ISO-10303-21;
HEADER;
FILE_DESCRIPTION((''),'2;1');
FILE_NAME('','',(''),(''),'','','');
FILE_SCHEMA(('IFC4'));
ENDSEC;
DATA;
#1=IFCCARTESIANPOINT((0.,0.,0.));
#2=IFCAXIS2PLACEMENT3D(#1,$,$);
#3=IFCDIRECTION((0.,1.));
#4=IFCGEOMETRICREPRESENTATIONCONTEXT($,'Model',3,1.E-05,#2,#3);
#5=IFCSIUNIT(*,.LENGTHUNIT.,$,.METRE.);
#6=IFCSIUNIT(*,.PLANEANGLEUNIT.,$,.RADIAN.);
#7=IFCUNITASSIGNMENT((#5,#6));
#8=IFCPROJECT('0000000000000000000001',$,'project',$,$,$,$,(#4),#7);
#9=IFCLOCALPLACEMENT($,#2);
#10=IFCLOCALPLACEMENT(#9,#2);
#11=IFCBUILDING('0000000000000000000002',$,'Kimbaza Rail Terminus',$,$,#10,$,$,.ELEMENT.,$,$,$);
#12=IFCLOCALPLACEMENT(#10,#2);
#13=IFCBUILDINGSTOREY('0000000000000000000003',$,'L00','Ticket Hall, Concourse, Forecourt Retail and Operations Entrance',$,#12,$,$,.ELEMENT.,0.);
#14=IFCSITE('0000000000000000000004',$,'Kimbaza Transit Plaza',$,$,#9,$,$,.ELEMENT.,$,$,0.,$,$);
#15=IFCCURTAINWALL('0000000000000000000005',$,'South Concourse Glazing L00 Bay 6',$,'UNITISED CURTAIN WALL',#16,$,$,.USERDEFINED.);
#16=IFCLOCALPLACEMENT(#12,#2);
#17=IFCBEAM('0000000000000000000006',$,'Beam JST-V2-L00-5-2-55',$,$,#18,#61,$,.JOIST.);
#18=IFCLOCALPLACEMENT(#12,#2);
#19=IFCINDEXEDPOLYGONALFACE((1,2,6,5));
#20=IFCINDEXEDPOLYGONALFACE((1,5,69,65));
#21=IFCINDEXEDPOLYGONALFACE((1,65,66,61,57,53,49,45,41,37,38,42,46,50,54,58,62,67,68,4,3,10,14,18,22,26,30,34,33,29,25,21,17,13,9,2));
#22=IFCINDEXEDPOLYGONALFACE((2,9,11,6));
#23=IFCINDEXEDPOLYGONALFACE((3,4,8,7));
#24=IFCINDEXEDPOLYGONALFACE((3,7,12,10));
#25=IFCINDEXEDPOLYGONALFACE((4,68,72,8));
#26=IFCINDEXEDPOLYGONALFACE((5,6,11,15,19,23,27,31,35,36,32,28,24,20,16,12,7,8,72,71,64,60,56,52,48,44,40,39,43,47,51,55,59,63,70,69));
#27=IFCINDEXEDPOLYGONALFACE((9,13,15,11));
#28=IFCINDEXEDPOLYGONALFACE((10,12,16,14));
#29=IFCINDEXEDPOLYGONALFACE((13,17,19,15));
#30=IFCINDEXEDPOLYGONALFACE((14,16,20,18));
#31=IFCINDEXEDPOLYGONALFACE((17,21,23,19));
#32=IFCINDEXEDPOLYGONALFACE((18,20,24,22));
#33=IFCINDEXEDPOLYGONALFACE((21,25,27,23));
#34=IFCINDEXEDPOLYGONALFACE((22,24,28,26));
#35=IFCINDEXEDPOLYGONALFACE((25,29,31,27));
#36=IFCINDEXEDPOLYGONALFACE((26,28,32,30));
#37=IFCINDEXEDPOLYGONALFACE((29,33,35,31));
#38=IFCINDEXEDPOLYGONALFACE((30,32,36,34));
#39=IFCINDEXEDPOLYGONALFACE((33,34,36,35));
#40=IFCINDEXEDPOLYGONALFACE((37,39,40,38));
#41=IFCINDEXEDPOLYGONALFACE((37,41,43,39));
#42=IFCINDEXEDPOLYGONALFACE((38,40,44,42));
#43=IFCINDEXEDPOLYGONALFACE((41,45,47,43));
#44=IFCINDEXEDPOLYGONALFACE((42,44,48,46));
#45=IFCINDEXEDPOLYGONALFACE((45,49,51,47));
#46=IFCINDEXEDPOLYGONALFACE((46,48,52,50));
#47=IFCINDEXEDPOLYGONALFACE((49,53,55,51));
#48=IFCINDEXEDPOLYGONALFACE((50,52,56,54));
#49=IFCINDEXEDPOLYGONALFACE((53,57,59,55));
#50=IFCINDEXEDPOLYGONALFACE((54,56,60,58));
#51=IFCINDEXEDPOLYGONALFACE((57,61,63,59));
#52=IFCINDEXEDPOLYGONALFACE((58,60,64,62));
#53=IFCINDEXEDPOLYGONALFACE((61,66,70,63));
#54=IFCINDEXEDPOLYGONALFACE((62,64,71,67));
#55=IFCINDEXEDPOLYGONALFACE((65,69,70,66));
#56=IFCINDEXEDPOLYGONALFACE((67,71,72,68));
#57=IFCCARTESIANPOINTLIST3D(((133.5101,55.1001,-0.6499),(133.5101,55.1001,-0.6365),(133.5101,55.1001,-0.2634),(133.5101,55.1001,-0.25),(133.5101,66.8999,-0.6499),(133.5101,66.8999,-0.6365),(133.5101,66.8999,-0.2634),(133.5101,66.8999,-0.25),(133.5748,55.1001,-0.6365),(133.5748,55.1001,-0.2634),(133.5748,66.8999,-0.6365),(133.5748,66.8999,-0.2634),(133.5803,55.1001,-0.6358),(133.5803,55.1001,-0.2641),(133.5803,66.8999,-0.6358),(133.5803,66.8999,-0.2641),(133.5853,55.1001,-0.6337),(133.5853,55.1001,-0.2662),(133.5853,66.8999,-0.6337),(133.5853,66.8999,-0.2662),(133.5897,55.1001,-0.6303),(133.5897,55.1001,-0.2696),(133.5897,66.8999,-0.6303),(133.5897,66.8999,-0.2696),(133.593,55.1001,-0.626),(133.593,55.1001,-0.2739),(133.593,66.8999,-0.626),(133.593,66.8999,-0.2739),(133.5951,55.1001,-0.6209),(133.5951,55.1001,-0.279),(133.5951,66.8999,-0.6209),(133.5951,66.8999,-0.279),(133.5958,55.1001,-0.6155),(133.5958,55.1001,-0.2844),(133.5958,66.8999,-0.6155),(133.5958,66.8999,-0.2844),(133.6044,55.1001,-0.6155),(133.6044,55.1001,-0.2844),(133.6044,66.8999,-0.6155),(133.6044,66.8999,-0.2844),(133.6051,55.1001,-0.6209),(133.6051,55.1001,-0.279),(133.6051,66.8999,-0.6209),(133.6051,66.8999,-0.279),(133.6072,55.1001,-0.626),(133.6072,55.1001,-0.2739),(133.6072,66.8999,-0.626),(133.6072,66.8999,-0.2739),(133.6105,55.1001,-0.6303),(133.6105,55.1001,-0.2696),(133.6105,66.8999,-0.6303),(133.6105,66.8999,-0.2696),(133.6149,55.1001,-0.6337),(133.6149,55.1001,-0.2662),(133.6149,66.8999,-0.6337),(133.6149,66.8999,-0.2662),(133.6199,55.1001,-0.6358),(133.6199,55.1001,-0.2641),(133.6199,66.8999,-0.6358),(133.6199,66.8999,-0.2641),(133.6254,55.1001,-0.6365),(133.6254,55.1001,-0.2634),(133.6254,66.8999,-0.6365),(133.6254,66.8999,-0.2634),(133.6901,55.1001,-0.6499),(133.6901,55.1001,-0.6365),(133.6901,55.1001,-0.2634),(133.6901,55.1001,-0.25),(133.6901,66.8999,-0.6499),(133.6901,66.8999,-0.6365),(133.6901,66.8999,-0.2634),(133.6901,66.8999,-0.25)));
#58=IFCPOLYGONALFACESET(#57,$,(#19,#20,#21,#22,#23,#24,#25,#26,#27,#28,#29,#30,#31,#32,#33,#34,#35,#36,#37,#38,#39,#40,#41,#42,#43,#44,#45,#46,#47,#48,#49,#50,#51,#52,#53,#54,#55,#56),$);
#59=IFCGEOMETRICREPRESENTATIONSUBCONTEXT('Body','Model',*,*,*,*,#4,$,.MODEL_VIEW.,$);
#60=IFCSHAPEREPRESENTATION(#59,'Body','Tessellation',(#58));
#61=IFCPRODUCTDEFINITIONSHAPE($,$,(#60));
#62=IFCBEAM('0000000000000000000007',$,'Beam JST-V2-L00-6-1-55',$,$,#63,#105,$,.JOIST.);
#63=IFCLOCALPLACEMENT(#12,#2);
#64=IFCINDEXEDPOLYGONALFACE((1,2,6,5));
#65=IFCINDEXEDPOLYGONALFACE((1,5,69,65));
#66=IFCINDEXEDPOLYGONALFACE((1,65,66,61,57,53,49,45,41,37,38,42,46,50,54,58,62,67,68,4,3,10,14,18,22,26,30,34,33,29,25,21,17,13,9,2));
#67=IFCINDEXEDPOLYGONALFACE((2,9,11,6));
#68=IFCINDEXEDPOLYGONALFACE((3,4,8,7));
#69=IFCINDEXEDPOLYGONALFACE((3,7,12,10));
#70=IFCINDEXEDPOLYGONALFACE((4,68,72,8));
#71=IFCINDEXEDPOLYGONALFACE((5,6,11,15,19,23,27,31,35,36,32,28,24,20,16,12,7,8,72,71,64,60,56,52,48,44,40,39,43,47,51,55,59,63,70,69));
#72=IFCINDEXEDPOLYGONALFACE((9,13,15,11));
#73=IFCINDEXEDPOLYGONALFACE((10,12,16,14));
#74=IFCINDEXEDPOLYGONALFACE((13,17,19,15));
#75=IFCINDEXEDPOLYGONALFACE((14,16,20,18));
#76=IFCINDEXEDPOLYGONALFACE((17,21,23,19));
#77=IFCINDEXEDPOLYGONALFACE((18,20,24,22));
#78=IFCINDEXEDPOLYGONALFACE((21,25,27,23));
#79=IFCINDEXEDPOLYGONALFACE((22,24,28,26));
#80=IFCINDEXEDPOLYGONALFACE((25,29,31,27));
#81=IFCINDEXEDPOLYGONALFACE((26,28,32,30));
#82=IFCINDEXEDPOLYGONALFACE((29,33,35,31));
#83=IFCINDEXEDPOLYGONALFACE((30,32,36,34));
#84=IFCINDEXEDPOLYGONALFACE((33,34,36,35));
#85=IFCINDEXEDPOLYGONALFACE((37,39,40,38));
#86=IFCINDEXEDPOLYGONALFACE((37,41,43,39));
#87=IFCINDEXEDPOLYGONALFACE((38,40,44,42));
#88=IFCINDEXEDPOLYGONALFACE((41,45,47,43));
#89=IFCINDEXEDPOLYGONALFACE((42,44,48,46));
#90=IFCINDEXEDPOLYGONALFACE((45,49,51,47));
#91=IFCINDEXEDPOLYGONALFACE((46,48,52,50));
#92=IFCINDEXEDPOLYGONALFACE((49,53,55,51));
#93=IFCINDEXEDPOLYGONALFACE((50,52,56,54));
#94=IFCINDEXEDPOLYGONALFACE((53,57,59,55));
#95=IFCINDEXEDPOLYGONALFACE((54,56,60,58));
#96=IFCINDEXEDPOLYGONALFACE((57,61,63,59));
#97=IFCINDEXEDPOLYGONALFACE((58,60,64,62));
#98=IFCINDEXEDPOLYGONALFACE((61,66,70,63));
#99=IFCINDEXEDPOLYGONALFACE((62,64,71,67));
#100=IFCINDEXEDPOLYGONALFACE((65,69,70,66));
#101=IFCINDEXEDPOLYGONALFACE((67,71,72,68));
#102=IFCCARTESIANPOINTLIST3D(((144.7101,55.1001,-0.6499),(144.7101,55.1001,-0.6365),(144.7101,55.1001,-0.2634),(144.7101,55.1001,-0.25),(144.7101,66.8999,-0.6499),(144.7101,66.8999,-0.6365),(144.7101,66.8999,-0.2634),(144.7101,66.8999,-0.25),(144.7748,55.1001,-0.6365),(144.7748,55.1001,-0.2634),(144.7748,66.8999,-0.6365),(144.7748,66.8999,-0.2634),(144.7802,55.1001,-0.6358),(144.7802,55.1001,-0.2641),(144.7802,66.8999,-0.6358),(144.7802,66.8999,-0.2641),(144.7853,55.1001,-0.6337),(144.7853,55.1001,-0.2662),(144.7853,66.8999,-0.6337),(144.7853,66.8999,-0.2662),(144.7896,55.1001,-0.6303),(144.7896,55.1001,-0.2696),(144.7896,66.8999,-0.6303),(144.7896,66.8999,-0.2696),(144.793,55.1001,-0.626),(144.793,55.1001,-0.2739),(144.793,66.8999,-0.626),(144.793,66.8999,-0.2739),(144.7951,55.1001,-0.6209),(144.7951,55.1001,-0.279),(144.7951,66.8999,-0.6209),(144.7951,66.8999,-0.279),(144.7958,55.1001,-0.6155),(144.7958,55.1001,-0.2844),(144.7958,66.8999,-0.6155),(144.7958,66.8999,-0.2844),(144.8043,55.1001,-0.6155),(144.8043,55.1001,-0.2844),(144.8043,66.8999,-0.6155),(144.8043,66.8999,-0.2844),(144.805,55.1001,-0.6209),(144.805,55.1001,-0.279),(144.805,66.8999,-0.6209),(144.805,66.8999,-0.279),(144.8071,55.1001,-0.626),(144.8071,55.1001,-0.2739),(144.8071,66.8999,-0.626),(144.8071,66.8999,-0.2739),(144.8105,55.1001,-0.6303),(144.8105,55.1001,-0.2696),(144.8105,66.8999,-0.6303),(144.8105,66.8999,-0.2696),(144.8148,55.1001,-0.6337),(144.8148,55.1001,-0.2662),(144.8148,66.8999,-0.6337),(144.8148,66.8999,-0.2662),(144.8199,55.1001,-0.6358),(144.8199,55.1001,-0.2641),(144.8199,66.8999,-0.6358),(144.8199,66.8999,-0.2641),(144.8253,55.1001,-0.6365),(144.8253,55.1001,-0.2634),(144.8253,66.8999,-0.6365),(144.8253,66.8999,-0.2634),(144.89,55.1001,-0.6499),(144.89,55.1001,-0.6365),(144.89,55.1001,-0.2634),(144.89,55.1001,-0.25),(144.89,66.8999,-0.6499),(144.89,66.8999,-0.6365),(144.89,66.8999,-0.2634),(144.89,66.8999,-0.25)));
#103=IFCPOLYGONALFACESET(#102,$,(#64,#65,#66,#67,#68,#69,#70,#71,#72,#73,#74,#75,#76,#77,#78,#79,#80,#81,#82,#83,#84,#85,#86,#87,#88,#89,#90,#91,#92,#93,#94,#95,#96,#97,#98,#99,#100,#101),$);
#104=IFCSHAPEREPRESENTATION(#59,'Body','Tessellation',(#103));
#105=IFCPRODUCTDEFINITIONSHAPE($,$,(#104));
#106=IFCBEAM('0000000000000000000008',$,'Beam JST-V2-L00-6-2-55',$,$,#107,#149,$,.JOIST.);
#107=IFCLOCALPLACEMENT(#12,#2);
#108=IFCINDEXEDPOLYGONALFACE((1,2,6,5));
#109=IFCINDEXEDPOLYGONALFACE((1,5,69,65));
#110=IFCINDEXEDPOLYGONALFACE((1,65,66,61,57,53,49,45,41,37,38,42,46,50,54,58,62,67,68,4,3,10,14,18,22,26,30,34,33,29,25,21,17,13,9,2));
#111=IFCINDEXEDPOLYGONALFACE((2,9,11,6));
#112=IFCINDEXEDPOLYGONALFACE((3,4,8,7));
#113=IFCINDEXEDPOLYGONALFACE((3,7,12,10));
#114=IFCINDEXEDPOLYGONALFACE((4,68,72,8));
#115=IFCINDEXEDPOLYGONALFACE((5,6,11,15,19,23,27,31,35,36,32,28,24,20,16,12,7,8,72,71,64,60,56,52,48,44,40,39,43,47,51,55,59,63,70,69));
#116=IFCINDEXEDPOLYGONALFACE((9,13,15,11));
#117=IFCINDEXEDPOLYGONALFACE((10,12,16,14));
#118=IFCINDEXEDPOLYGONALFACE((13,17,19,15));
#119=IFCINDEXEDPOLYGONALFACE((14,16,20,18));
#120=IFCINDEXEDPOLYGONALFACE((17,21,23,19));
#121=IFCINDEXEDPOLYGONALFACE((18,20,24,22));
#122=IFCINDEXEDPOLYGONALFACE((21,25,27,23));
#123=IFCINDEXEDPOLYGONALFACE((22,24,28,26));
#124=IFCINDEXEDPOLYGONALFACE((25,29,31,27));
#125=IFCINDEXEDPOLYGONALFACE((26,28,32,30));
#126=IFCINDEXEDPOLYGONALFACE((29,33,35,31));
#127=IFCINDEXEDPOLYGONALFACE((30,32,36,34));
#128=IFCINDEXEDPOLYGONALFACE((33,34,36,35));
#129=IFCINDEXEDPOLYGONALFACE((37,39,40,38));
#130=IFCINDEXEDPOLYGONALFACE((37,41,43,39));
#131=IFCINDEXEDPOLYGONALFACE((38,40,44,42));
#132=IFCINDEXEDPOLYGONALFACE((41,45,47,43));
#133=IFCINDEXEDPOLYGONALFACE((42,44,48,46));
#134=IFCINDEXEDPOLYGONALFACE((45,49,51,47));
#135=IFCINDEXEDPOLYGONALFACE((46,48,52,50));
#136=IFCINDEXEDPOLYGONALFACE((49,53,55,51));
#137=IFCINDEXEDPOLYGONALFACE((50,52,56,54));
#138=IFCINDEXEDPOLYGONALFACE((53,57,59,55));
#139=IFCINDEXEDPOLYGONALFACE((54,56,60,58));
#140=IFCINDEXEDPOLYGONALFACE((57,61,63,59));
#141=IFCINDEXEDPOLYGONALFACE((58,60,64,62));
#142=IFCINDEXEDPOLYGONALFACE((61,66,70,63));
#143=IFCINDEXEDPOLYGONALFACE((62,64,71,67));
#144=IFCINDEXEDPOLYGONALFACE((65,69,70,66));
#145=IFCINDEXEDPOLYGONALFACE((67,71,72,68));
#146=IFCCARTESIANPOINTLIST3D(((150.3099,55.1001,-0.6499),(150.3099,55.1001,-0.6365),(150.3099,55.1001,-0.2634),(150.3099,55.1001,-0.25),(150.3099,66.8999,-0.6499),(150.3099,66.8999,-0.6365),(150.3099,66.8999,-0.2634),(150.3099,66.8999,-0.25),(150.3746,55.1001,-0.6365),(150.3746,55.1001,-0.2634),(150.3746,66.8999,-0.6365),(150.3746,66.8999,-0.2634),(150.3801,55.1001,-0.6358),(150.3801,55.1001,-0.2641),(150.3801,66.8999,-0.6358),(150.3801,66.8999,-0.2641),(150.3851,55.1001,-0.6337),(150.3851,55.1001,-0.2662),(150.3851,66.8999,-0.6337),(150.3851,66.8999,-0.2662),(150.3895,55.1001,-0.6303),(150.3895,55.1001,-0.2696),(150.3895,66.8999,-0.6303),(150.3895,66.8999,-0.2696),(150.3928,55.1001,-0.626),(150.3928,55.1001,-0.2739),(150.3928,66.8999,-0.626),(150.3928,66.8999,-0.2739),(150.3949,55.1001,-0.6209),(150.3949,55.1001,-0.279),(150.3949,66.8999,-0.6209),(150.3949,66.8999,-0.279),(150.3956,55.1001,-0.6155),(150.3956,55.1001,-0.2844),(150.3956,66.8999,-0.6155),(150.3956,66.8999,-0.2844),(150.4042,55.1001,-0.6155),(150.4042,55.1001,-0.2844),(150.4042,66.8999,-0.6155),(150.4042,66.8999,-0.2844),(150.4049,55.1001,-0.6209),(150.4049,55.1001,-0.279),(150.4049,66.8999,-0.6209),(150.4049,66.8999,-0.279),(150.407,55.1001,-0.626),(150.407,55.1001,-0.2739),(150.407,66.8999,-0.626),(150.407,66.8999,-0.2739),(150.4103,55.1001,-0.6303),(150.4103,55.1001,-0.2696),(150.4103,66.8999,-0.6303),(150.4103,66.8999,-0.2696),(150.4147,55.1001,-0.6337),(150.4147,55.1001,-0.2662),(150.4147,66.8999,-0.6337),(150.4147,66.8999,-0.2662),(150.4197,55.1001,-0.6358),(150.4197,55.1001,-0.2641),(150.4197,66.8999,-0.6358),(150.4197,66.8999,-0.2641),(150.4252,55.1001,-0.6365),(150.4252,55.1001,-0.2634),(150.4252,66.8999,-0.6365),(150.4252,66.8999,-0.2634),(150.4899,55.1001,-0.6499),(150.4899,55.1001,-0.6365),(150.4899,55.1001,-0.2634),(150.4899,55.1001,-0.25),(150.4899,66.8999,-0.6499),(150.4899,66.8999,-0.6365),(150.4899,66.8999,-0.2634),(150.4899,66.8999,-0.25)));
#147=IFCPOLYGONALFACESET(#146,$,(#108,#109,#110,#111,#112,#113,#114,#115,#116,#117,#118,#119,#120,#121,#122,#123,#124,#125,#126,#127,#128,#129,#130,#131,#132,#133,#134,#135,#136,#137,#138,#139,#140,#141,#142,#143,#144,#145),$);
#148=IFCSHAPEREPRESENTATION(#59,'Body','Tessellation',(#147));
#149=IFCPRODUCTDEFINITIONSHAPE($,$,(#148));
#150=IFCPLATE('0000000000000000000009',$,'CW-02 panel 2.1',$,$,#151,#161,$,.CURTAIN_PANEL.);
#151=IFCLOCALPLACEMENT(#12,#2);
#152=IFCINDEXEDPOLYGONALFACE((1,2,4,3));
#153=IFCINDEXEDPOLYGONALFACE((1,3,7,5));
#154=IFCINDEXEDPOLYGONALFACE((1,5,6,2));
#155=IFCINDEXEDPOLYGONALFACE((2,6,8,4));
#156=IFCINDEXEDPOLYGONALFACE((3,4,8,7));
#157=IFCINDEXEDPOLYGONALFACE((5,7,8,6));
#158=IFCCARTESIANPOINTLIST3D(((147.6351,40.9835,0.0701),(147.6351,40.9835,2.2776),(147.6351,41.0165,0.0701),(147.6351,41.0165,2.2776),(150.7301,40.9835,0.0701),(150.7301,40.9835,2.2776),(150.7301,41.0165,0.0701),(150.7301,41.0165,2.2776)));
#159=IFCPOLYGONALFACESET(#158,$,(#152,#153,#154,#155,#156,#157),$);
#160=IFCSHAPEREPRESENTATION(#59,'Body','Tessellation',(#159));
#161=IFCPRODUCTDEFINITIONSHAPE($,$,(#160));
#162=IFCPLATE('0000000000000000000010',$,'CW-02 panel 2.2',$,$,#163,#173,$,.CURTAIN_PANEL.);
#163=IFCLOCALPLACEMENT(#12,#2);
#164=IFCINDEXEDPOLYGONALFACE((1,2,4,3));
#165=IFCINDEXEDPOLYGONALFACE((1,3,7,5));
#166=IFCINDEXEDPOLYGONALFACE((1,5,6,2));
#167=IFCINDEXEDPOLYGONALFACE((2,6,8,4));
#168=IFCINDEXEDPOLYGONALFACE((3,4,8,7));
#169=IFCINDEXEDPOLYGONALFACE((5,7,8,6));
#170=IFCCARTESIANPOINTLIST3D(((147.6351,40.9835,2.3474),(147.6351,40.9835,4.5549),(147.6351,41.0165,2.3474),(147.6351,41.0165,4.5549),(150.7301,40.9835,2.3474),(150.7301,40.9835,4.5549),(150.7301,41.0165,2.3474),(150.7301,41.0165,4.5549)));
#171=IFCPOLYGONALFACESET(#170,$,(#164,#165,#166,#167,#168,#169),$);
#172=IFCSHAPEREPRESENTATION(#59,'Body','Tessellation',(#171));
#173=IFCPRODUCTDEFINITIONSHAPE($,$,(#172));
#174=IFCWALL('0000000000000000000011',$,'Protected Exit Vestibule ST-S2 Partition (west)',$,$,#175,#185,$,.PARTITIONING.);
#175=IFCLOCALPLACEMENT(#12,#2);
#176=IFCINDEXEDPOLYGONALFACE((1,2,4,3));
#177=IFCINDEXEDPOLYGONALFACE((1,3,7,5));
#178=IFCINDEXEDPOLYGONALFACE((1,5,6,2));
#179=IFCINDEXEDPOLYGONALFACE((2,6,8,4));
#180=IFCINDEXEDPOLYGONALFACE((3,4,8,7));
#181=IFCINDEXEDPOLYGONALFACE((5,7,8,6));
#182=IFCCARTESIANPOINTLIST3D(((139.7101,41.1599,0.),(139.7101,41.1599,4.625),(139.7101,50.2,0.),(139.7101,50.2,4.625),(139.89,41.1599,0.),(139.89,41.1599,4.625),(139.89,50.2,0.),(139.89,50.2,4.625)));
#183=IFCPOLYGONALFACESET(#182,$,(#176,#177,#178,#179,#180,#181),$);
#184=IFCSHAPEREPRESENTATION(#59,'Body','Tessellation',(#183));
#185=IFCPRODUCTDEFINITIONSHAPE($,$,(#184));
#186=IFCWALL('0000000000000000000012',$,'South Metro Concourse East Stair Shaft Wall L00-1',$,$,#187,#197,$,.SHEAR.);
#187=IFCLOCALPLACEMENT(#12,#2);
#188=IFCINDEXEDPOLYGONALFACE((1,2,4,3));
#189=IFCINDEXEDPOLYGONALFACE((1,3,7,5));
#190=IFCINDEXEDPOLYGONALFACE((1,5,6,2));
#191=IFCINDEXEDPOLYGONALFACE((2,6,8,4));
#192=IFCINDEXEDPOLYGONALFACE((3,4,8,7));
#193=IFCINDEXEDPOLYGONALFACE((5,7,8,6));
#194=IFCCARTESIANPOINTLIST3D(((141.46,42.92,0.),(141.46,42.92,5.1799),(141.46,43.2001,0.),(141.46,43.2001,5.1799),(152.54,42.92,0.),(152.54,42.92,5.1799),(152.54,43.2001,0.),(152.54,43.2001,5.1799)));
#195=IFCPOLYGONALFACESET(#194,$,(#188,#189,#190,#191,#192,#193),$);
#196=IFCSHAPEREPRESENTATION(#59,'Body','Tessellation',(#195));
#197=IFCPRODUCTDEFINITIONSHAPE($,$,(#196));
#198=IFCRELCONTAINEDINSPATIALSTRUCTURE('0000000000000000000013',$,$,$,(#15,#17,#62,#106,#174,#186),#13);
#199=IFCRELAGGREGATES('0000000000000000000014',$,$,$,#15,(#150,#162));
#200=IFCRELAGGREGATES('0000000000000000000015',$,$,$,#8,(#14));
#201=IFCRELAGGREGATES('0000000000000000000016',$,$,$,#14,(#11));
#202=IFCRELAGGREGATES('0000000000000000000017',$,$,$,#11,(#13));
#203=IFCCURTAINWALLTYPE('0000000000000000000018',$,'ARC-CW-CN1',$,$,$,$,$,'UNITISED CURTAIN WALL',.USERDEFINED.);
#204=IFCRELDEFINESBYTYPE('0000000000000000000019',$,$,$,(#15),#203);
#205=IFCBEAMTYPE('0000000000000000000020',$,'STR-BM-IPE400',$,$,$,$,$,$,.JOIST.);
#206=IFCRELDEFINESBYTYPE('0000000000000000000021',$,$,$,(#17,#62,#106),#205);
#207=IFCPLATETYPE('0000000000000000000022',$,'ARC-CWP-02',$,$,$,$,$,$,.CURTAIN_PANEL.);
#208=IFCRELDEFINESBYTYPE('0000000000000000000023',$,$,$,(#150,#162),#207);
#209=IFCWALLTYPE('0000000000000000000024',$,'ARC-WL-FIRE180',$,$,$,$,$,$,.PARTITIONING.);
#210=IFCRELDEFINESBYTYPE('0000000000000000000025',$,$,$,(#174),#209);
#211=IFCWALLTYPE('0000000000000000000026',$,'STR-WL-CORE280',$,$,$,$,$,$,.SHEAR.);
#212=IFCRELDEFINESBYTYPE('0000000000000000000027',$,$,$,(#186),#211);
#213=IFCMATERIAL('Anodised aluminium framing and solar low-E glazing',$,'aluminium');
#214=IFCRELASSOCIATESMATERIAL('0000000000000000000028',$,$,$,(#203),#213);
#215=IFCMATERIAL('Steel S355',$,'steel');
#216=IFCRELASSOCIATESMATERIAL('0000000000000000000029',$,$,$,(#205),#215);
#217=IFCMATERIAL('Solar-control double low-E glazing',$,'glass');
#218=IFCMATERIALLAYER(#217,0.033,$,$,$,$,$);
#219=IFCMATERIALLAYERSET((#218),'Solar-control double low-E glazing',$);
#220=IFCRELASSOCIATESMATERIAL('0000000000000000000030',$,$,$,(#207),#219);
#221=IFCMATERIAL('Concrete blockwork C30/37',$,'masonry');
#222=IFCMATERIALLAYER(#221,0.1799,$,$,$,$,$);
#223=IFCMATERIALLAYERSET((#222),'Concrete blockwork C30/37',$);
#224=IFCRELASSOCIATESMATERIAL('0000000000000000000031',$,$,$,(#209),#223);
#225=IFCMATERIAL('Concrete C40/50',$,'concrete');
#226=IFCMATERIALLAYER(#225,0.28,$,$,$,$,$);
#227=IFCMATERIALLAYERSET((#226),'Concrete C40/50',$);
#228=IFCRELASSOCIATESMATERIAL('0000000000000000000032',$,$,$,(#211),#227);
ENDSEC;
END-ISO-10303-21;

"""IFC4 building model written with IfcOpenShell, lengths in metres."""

from ifc_helpers import new_model, si_unit, direction, frame, frame_2d, origin, origin_2d, place, context, subcontext, project, spatial, rectangle, i_section, extrude, material, layer, layer_set, material_profile, profile_set, type_object, element, aggregate, save


model = new_model("IFC4")

# Units and contexts
model_context = context("Model", 3, precision=1e-05, world=origin(), true_north=direction((0.0, 1.0)))
body_context = subcontext(model_context, "Body", "Model", "MODEL_VIEW")
ifc_project = project(units=[si_unit("LENGTHUNIT", "METRE"), si_unit("PLANEANGLEUNIT", "RADIAN")], contexts=[model_context])

# Site, building, storey
site_placement = place(None, origin())
site = spatial("IfcSite", under=ifc_project, at=site_placement, Name="Kimbaza Transit Plaza", CompositionType="ELEMENT", RefElevation=0.0)
building_placement = place(site_placement, origin())
building = spatial("IfcBuilding", under=site, at=building_placement, Name="Kimbaza Rail Terminus", CompositionType="ELEMENT")
storey_placement = place(building_placement, origin())
storey = spatial("IfcBuildingStorey", under=building, at=storey_placement, Name="L00", Description="Ticket Hall, Concourse, Forecourt Retail and Operations Entrance", CompositionType="ELEMENT", Elevation=0.0)

# Curtain wall
ifc_material_1 = material(Name="Anodised aluminium framing and solar low-E glazing", Category="aluminium")
curtain_wall_type = type_object("IfcCurtainWallType", Name="ARC-CW-CN1", ElementType="UNITISED CURTAIN WALL", PredefinedType="USERDEFINED", material=ifc_material_1)
curtain_wall_placement = place(storey_placement, origin())
curtain_wall = element("IfcCurtainWall", 1, at=curtain_wall_placement, inside=storey, type_object=curtain_wall_type, Name="South Concourse Glazing L00 Bay 6", ObjectType="UNITISED CURTAIN WALL", PredefinedType="USERDEFINED")

# Beams
ifc_material_2 = material(Name="Steel S355", Category="steel")
ifc_material_profile_1 = material_profile(ifc_material_2, i_section(OverallWidth=0.1799, OverallDepth=0.3999, WebThickness=0.0085, FlangeThickness=0.0134, FilletRadius=0.021, at=origin_2d()), Name="IPE 400")
ifc_profile_set_1 = profile_set([ifc_material_profile_1], Name="Steel S355")
beam_type_1 = type_object("IfcBeamType", Name="STR-BM-IPE400", PredefinedType="JOIST", material=ifc_profile_set_1)
for number, where, z_axis, x_axis, name in (
    (2, (133.6001, 55.1001, -0.45), (0.0, 1.0, 0.0), (-1.0, 0.0, 0.0), "Beam JST-V2-L00-5-2-55"),
    (3, (144.8, 55.1001, -0.45), (0.0, 1.0, 0.0), (-1.0, 0.0, 0.0), "Beam JST-V2-L00-6-1-55"),
    (4, (150.3999, 55.1001, -0.45), (0.0, 1.0, 0.0), (-1.0, 0.0, 0.0), "Beam JST-V2-L00-6-2-55"),
):
    element("IfcBeam", number, at=place(storey_placement, frame(where, z_axis=z_axis, x_axis=x_axis)), inside=storey, type_object=beam_type_1, Name=name, PredefinedType="JOIST", context=body_context, shape_type="SweptSolid", body=[
        extrude(i_section(OverallWidth=0.1799, OverallDepth=0.3999, WebThickness=0.0085, FlangeThickness=0.0134, FilletRadius=0.021, at=origin_2d()), origin(), (0.0, 0.0, 1.0), 11.7998),
    ])

# Plates
ifc_material_3 = material(Name="Solar-control double low-E glazing", Category="glass")
ifc_layer_1 = layer(ifc_material_3, 0.033)
ifc_layer_set_1 = layer_set([ifc_layer_1], Name="Solar-control double low-E glazing")
plate_type = type_object("IfcPlateType", Name="ARC-CWP-02", PredefinedType="CURTAIN_PANEL", material=ifc_layer_set_1)
plate_1_placement = place(storey_placement, frame((149.1826, 41.0, 0.0701), z_axis=(0.0, 0.0, 1.0), x_axis=(1.0, 0.0, 0.0)))
plate_1 = element("IfcPlate", 5, at=plate_1_placement, type_object=plate_type, Name="CW-02 panel 2.1", PredefinedType="CURTAIN_PANEL", context=body_context, shape_type="SweptSolid", body=[
    extrude(rectangle(XDim=3.095, YDim=0.033, at=origin_2d()), origin(), (0.0, 0.0, 1.0), 2.2075),
])
plate_2_placement = place(storey_placement, frame((149.1826, 41.0, 2.3474), z_axis=(0.0, 0.0, 1.0), x_axis=(1.0, 0.0, 0.0)))
plate_2 = element("IfcPlate", 6, at=plate_2_placement, type_object=plate_type, Name="CW-02 panel 2.2", PredefinedType="CURTAIN_PANEL", context=body_context, shape_type="SweptSolid", body=[
    extrude(rectangle(XDim=3.095, YDim=0.033, at=origin_2d()), origin(), (0.0, 0.0, 1.0), 2.2075),
])
aggregate(curtain_wall, [plate_1, plate_2])

# Walls
ifc_material_4 = material(Name="Concrete blockwork C30/37", Category="masonry")
ifc_layer_2 = layer(ifc_material_4, 0.1799)
ifc_layer_set_2 = layer_set([ifc_layer_2], Name="Concrete blockwork C30/37")
wall_type_1 = type_object("IfcWallType", Name="ARC-WL-FIRE180", PredefinedType="PARTITIONING", material=ifc_layer_set_2)
wall_1_placement = place(storey_placement, frame((139.8, 50.2, 0.0), z_axis=(0.0, 0.0, 1.0), x_axis=(0.0, -1.0, 0.0)))
element("IfcWall", 7, at=wall_1_placement, inside=storey, type_object=wall_type_1, Name="Protected Exit Vestibule ST-S2 Partition (west)", PredefinedType="PARTITIONING", context=body_context, shape_type="SweptSolid", body=[
    extrude(rectangle(XDim=9.04, YDim=0.1799, at=frame_2d((4.52, 0.0))), origin(), (0.0, 0.0, 1.0), 4.625),
])
ifc_material_5 = material(Name="Concrete C40/50", Category="concrete")
ifc_layer_3 = layer(ifc_material_5, 0.28)
ifc_layer_set_3 = layer_set([ifc_layer_3], Name="Concrete C40/50")
wall_type_2 = type_object("IfcWallType", Name="STR-WL-CORE280", PredefinedType="SHEAR", material=ifc_layer_set_3)
wall_2_placement = place(storey_placement, frame((141.46, 43.0601, 0.0), z_axis=(0.0, 0.0, 1.0), x_axis=(1.0, 0.0, 0.0)))
element("IfcWall", 8, at=wall_2_placement, inside=storey, type_object=wall_type_2, Name="South Metro Concourse East Stair Shaft Wall L00-1", PredefinedType="SHEAR", context=body_context, shape_type="SweptSolid", body=[
    extrude(rectangle(XDim=11.0801, YDim=0.28, at=frame_2d((5.54, 0.0))), origin(), (0.0, 0.0, 1.0), 5.1799),
])

save(model, "model.ifc")
